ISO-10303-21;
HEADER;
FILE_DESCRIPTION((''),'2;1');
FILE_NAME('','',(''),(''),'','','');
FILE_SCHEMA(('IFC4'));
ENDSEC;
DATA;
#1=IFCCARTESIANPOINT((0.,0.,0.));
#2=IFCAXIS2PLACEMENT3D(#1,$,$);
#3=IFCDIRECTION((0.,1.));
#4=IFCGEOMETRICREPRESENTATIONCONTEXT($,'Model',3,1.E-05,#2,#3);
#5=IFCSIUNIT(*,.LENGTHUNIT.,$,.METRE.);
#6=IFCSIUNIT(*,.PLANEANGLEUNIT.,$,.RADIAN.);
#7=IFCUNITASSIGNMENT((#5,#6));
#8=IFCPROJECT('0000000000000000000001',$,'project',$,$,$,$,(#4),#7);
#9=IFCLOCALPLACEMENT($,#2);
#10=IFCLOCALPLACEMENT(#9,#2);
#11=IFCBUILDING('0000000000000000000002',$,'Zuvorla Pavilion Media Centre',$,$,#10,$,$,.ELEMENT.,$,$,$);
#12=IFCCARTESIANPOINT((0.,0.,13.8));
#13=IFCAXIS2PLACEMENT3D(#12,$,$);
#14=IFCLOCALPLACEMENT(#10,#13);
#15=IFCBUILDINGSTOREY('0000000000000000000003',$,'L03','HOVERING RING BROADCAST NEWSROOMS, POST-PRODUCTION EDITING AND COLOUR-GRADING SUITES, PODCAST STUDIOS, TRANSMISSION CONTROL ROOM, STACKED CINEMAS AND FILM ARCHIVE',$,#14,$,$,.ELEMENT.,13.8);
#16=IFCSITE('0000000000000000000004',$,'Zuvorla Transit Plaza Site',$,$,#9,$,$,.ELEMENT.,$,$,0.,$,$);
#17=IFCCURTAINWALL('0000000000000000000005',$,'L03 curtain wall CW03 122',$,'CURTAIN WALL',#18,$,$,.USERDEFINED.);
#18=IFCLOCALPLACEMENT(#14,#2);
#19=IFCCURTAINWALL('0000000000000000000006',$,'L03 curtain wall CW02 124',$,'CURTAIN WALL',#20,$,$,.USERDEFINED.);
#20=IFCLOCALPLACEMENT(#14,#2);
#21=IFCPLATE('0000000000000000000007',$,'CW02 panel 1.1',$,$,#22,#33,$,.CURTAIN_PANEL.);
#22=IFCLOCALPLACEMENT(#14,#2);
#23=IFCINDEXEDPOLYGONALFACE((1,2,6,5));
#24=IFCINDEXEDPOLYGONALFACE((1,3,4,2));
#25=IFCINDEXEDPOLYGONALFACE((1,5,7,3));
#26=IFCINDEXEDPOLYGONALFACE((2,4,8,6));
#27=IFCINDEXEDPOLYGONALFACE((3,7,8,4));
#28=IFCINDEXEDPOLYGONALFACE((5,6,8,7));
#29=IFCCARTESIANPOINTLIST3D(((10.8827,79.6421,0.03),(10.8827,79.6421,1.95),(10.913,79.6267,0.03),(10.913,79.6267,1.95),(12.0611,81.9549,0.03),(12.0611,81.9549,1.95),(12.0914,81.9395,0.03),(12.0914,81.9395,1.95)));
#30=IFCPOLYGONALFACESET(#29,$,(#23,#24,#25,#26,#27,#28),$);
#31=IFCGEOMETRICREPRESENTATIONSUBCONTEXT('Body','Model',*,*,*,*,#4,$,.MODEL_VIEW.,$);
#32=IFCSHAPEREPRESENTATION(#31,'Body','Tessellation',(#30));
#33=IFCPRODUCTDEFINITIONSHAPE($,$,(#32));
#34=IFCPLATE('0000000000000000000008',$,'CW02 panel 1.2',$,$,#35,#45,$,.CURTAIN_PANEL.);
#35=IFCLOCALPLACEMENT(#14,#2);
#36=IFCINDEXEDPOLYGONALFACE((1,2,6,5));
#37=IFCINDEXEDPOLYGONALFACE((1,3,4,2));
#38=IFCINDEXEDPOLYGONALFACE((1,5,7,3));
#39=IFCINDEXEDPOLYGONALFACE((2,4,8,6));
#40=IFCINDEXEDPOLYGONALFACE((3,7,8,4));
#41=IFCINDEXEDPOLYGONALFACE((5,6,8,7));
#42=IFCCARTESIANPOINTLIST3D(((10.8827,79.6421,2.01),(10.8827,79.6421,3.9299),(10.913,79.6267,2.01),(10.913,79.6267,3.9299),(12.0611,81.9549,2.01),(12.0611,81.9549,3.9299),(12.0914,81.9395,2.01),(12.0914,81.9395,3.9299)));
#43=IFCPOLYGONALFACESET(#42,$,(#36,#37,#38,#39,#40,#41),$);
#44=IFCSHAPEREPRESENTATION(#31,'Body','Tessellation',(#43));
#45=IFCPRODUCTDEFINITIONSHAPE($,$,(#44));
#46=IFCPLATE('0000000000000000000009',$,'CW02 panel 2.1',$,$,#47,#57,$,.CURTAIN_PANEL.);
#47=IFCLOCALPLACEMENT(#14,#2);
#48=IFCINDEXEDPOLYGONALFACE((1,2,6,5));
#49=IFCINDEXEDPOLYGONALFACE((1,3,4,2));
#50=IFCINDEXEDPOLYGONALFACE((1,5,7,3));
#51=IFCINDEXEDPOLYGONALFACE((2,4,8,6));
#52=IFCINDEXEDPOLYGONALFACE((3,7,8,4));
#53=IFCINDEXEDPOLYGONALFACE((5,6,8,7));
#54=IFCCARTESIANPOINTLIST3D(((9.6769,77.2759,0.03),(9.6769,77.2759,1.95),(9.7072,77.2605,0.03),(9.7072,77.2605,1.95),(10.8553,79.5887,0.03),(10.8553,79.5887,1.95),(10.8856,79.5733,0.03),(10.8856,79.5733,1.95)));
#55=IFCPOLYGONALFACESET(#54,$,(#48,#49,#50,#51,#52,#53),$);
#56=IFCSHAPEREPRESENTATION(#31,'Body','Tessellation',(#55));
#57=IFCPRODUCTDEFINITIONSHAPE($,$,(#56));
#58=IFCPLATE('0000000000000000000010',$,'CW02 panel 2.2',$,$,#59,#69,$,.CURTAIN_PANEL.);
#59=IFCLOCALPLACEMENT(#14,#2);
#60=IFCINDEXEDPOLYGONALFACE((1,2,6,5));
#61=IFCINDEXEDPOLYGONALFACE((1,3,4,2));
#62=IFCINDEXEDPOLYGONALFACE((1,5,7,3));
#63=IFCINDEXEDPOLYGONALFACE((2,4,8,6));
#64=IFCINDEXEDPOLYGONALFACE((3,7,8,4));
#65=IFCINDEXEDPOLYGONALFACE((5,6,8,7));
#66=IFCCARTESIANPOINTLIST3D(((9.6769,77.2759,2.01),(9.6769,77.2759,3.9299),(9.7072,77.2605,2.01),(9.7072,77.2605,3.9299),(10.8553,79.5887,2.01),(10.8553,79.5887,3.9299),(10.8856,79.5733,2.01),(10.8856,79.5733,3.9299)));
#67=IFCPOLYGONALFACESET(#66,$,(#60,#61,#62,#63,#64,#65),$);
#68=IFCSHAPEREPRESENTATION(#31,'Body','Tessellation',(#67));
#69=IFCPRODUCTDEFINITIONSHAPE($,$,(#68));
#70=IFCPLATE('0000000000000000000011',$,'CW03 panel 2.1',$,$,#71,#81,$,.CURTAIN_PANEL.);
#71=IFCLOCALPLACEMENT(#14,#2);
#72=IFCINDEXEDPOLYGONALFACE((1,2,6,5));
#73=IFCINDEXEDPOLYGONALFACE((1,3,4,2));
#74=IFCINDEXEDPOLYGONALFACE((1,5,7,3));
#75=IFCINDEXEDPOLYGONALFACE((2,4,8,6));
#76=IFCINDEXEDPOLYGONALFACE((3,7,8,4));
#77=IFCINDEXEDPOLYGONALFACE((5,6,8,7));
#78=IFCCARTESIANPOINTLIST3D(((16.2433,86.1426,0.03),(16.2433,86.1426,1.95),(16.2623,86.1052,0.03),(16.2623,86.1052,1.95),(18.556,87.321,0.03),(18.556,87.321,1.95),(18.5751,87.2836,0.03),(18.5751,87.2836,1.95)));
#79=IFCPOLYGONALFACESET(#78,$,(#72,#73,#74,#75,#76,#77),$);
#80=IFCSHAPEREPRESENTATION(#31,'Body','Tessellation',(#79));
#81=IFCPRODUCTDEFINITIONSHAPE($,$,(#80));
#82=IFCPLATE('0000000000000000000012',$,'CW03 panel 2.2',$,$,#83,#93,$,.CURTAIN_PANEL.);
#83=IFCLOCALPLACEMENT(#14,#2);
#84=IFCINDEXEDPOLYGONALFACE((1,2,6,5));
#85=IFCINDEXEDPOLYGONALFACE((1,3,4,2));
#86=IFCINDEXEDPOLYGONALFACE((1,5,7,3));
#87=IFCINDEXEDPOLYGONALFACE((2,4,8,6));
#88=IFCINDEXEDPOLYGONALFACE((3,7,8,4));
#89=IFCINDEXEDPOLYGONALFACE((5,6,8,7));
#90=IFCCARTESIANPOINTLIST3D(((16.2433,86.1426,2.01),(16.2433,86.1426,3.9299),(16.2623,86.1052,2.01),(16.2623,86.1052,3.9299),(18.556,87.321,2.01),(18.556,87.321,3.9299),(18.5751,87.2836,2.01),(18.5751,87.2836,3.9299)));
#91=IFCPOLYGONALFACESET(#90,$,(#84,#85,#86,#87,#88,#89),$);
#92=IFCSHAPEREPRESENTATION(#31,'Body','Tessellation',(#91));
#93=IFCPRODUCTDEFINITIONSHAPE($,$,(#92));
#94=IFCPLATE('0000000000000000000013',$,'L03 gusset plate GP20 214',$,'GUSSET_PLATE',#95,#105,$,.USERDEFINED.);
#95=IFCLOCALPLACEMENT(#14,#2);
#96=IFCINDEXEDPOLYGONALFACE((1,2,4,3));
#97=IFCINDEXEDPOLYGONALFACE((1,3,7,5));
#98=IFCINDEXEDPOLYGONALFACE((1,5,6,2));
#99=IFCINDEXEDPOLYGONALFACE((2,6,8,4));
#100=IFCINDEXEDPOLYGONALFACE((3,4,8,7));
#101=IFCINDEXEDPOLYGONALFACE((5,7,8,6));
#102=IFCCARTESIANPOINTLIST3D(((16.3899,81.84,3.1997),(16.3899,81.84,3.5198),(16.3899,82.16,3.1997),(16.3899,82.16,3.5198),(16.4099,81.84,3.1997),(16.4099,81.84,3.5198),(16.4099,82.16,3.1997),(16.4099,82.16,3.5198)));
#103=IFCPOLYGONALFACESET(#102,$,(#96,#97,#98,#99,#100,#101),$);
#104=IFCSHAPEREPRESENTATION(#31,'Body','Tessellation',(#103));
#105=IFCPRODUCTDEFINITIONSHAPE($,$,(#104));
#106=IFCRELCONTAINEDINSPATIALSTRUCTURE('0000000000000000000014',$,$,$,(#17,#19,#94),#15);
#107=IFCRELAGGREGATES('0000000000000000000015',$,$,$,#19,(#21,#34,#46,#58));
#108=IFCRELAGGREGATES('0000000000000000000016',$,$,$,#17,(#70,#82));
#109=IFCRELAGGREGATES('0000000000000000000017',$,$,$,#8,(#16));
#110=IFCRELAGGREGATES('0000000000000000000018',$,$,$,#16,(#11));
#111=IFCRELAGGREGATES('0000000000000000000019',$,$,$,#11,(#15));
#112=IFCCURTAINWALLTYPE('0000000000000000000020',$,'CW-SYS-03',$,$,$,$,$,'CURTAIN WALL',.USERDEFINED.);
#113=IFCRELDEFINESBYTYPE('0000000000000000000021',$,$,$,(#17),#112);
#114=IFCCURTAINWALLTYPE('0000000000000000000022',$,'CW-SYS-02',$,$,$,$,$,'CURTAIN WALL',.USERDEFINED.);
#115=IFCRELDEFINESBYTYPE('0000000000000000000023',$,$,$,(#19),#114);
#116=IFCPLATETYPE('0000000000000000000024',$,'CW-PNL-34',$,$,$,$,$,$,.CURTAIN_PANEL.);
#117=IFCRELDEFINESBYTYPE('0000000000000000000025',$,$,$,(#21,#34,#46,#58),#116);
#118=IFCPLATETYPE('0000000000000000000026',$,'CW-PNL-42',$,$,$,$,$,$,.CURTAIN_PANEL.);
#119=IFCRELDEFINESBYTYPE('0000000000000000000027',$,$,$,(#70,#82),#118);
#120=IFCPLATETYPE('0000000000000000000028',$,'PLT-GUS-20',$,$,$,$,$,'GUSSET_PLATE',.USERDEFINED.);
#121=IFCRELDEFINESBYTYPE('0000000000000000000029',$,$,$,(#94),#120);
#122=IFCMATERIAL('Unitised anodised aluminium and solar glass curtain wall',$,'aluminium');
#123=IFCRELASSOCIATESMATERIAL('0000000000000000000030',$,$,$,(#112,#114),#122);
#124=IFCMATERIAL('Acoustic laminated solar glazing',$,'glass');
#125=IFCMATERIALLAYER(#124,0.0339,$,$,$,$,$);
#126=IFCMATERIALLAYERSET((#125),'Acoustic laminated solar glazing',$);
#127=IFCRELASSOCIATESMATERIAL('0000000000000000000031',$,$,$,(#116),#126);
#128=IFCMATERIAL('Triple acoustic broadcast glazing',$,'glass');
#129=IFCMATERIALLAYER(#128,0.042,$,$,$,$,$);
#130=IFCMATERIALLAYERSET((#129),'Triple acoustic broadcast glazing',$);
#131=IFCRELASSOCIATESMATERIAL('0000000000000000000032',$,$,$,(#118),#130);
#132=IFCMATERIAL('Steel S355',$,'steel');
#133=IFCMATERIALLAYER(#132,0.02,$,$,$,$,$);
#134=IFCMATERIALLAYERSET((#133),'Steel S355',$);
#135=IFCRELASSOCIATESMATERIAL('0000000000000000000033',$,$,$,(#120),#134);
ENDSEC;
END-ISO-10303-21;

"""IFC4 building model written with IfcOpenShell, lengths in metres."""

from ifc_helpers import new_model, si_unit, direction, frame, origin, origin_2d, place, context, subcontext, project, spatial, rectangle, extrude, material, layer, layer_set, type_object, element, aggregate, save


model = new_model("IFC4")

# Units and contexts
model_context = context("Model", 3, precision=1e-05, world=origin(), true_north=direction((0.0, 1.0)))
body_context = subcontext(model_context, "Body", "Model", "MODEL_VIEW")
ifc_project = project(units=[si_unit("LENGTHUNIT", "METRE"), si_unit("PLANEANGLEUNIT", "RADIAN")], contexts=[model_context])

# Site, building, storey
site_placement = place(None, origin())
site = spatial("IfcSite", under=ifc_project, at=site_placement, Name="Zuvorla Transit Plaza Site", CompositionType="ELEMENT", RefElevation=0.0)
building_placement = place(site_placement, origin())
building = spatial("IfcBuilding", under=site, at=building_placement, Name="Zuvorla Pavilion Media Centre", CompositionType="ELEMENT")
storey_placement = place(building_placement, frame((0.0, 0.0, 13.8)))
storey = spatial("IfcBuildingStorey", under=building, at=storey_placement, Name="L03", Description="HOVERING RING BROADCAST NEWSROOMS, POST-PRODUCTION EDITING AND COLOUR-GRADING SUITES, PODCAST STUDIOS, TRANSMISSION CONTROL ROOM, STACKED CINEMAS AND FILM ARCHIVE", CompositionType="ELEMENT", Elevation=13.8)

# Shared definitions
ifc_material_1 = material(Name="Steel S355", Category="steel")

# Shared definitions
ifc_material_2 = material(Name="Unitised anodised aluminium and solar glass curtain wall", Category="aluminium")

# Curtain wall
curtain_wall_type_1 = type_object("IfcCurtainWallType", Name="CW-SYS-03", ElementType="CURTAIN WALL", PredefinedType="USERDEFINED", material=ifc_material_2)
curtain_wall_1_placement = place(storey_placement, origin())
curtain_wall_1 = element("IfcCurtainWall", 1, at=curtain_wall_1_placement, inside=storey, type_object=curtain_wall_type_1, Name="L03 curtain wall CW03 122", ObjectType="CURTAIN WALL", PredefinedType="USERDEFINED")

# Curtain wall
curtain_wall_type_2 = type_object("IfcCurtainWallType", Name="CW-SYS-02", ElementType="CURTAIN WALL", PredefinedType="USERDEFINED", material=ifc_material_2)
curtain_wall_2_placement = place(storey_placement, origin())
curtain_wall_2 = element("IfcCurtainWall", 2, at=curtain_wall_2_placement, inside=storey, type_object=curtain_wall_type_2, Name="L03 curtain wall CW02 124", ObjectType="CURTAIN WALL", PredefinedType="USERDEFINED")

# Plates
ifc_material_3 = material(Name="Acoustic laminated solar glazing", Category="glass")
ifc_layer_1 = layer(ifc_material_3, 0.0339)
ifc_layer_set_1 = layer_set([ifc_layer_1], Name="Acoustic laminated solar glazing")
plate_type_1 = type_object("IfcPlateType", Name="CW-PNL-34", PredefinedType="CURTAIN_PANEL", material=ifc_layer_set_1)
plate_1_placement = place(storey_placement, frame((11.4871, 80.7908, 0.03), z_axis=(0.0, 0.0, 1.0), x_axis=(-0.453986, -0.891009, 0.0)))
plate_1 = element("IfcPlate", 3, at=plate_1_placement, type_object=plate_type_1, Name="CW02 panel 1.1", PredefinedType="CURTAIN_PANEL", context=body_context, shape_type="SweptSolid", body=[
    extrude(rectangle(XDim=2.5957, YDim=0.0339, at=origin_2d()), origin(), (0.0, 0.0, 1.0), 1.9199),
])
plate_2_placement = place(storey_placement, frame((11.4871, 80.7908, 2.01), z_axis=(0.0, 0.0, 1.0), x_axis=(-0.453986, -0.891009, 0.0)))
plate_2 = element("IfcPlate", 4, at=plate_2_placement, type_object=plate_type_1, Name="CW02 panel 1.2", PredefinedType="CURTAIN_PANEL", context=body_context, shape_type="SweptSolid", body=[
    extrude(rectangle(XDim=2.5957, YDim=0.0339, at=origin_2d()), origin(), (0.0, 0.0, 1.0), 1.9199),
])
plate_3_placement = place(storey_placement, frame((10.2812, 78.4246, 0.03), z_axis=(0.0, 0.0, 1.0), x_axis=(-0.453986, -0.891009, 0.0)))
plate_3 = element("IfcPlate", 5, at=plate_3_placement, type_object=plate_type_1, Name="CW02 panel 2.1", PredefinedType="CURTAIN_PANEL", context=body_context, shape_type="SweptSolid", body=[
    extrude(rectangle(XDim=2.5957, YDim=0.0339, at=origin_2d()), origin(), (0.0, 0.0, 1.0), 1.9199),
])
plate_4_placement = place(storey_placement, frame((10.2812, 78.4246, 2.01), z_axis=(0.0, 0.0, 1.0), x_axis=(-0.453986, -0.891009, 0.0)))
plate_4 = element("IfcPlate", 6, at=plate_4_placement, type_object=plate_type_1, Name="CW02 panel 2.2", PredefinedType="CURTAIN_PANEL", context=body_context, shape_type="SweptSolid", body=[
    extrude(rectangle(XDim=2.5957, YDim=0.0339, at=origin_2d()), origin(), (0.0, 0.0, 1.0), 1.9199),
])
aggregate(curtain_wall_2, [plate_1, plate_2, plate_3, plate_4])
ifc_material_4 = material(Name="Triple acoustic broadcast glazing", Category="glass")
ifc_layer_2 = layer(ifc_material_4, 0.042)
ifc_layer_set_2 = layer_set([ifc_layer_2], Name="Triple acoustic broadcast glazing")
plate_type_2 = type_object("IfcPlateType", Name="CW-PNL-42", PredefinedType="CURTAIN_PANEL", material=ifc_layer_set_2)
plate_5_placement = place(storey_placement, frame((17.4092, 86.7131, 0.03), z_axis=(0.0, 0.0, 1.0), x_axis=(-0.891009, -0.453986, 0.0)))
plate_5 = element("IfcPlate", 7, at=plate_5_placement, type_object=plate_type_2, Name="CW03 panel 2.1", PredefinedType="CURTAIN_PANEL", context=body_context, shape_type="SweptSolid", body=[
    extrude(rectangle(XDim=2.5957, YDim=0.042, at=origin_2d()), origin(), (0.0, 0.0, 1.0), 1.9199),
])
plate_6_placement = place(storey_placement, frame((17.4092, 86.7131, 2.01), z_axis=(0.0, 0.0, 1.0), x_axis=(-0.891009, -0.453986, 0.0)))
plate_6 = element("IfcPlate", 8, at=plate_6_placement, type_object=plate_type_2, Name="CW03 panel 2.2", PredefinedType="CURTAIN_PANEL", context=body_context, shape_type="SweptSolid", body=[
    extrude(rectangle(XDim=2.5957, YDim=0.042, at=origin_2d()), origin(), (0.0, 0.0, 1.0), 1.9199),
])
aggregate(curtain_wall_1, [plate_5, plate_6])
ifc_layer_3 = layer(ifc_material_1, 0.02)
ifc_layer_set_3 = layer_set([ifc_layer_3], Name="Steel S355")
plate_type_3 = type_object("IfcPlateType", Name="PLT-GUS-20", ElementType="GUSSET_PLATE", PredefinedType="USERDEFINED", material=ifc_layer_set_3)
plate_7_placement = place(storey_placement, frame((16.3999, 82.0, 3.1997), z_axis=(0.0, 0.0, 1.0), x_axis=(1.0, 0.0, 0.0)))
element("IfcPlate", 9, at=plate_7_placement, inside=storey, type_object=plate_type_3, Name="L03 gusset plate GP20 214", ObjectType="GUSSET_PLATE", PredefinedType="USERDEFINED", context=body_context, shape_type="SweptSolid", body=[
    extrude(rectangle(XDim=0.02, YDim=0.3201, at=origin_2d()), origin(), (0.0, 0.0, 1.0), 0.3201),
])

save(model, "model.ifc")
